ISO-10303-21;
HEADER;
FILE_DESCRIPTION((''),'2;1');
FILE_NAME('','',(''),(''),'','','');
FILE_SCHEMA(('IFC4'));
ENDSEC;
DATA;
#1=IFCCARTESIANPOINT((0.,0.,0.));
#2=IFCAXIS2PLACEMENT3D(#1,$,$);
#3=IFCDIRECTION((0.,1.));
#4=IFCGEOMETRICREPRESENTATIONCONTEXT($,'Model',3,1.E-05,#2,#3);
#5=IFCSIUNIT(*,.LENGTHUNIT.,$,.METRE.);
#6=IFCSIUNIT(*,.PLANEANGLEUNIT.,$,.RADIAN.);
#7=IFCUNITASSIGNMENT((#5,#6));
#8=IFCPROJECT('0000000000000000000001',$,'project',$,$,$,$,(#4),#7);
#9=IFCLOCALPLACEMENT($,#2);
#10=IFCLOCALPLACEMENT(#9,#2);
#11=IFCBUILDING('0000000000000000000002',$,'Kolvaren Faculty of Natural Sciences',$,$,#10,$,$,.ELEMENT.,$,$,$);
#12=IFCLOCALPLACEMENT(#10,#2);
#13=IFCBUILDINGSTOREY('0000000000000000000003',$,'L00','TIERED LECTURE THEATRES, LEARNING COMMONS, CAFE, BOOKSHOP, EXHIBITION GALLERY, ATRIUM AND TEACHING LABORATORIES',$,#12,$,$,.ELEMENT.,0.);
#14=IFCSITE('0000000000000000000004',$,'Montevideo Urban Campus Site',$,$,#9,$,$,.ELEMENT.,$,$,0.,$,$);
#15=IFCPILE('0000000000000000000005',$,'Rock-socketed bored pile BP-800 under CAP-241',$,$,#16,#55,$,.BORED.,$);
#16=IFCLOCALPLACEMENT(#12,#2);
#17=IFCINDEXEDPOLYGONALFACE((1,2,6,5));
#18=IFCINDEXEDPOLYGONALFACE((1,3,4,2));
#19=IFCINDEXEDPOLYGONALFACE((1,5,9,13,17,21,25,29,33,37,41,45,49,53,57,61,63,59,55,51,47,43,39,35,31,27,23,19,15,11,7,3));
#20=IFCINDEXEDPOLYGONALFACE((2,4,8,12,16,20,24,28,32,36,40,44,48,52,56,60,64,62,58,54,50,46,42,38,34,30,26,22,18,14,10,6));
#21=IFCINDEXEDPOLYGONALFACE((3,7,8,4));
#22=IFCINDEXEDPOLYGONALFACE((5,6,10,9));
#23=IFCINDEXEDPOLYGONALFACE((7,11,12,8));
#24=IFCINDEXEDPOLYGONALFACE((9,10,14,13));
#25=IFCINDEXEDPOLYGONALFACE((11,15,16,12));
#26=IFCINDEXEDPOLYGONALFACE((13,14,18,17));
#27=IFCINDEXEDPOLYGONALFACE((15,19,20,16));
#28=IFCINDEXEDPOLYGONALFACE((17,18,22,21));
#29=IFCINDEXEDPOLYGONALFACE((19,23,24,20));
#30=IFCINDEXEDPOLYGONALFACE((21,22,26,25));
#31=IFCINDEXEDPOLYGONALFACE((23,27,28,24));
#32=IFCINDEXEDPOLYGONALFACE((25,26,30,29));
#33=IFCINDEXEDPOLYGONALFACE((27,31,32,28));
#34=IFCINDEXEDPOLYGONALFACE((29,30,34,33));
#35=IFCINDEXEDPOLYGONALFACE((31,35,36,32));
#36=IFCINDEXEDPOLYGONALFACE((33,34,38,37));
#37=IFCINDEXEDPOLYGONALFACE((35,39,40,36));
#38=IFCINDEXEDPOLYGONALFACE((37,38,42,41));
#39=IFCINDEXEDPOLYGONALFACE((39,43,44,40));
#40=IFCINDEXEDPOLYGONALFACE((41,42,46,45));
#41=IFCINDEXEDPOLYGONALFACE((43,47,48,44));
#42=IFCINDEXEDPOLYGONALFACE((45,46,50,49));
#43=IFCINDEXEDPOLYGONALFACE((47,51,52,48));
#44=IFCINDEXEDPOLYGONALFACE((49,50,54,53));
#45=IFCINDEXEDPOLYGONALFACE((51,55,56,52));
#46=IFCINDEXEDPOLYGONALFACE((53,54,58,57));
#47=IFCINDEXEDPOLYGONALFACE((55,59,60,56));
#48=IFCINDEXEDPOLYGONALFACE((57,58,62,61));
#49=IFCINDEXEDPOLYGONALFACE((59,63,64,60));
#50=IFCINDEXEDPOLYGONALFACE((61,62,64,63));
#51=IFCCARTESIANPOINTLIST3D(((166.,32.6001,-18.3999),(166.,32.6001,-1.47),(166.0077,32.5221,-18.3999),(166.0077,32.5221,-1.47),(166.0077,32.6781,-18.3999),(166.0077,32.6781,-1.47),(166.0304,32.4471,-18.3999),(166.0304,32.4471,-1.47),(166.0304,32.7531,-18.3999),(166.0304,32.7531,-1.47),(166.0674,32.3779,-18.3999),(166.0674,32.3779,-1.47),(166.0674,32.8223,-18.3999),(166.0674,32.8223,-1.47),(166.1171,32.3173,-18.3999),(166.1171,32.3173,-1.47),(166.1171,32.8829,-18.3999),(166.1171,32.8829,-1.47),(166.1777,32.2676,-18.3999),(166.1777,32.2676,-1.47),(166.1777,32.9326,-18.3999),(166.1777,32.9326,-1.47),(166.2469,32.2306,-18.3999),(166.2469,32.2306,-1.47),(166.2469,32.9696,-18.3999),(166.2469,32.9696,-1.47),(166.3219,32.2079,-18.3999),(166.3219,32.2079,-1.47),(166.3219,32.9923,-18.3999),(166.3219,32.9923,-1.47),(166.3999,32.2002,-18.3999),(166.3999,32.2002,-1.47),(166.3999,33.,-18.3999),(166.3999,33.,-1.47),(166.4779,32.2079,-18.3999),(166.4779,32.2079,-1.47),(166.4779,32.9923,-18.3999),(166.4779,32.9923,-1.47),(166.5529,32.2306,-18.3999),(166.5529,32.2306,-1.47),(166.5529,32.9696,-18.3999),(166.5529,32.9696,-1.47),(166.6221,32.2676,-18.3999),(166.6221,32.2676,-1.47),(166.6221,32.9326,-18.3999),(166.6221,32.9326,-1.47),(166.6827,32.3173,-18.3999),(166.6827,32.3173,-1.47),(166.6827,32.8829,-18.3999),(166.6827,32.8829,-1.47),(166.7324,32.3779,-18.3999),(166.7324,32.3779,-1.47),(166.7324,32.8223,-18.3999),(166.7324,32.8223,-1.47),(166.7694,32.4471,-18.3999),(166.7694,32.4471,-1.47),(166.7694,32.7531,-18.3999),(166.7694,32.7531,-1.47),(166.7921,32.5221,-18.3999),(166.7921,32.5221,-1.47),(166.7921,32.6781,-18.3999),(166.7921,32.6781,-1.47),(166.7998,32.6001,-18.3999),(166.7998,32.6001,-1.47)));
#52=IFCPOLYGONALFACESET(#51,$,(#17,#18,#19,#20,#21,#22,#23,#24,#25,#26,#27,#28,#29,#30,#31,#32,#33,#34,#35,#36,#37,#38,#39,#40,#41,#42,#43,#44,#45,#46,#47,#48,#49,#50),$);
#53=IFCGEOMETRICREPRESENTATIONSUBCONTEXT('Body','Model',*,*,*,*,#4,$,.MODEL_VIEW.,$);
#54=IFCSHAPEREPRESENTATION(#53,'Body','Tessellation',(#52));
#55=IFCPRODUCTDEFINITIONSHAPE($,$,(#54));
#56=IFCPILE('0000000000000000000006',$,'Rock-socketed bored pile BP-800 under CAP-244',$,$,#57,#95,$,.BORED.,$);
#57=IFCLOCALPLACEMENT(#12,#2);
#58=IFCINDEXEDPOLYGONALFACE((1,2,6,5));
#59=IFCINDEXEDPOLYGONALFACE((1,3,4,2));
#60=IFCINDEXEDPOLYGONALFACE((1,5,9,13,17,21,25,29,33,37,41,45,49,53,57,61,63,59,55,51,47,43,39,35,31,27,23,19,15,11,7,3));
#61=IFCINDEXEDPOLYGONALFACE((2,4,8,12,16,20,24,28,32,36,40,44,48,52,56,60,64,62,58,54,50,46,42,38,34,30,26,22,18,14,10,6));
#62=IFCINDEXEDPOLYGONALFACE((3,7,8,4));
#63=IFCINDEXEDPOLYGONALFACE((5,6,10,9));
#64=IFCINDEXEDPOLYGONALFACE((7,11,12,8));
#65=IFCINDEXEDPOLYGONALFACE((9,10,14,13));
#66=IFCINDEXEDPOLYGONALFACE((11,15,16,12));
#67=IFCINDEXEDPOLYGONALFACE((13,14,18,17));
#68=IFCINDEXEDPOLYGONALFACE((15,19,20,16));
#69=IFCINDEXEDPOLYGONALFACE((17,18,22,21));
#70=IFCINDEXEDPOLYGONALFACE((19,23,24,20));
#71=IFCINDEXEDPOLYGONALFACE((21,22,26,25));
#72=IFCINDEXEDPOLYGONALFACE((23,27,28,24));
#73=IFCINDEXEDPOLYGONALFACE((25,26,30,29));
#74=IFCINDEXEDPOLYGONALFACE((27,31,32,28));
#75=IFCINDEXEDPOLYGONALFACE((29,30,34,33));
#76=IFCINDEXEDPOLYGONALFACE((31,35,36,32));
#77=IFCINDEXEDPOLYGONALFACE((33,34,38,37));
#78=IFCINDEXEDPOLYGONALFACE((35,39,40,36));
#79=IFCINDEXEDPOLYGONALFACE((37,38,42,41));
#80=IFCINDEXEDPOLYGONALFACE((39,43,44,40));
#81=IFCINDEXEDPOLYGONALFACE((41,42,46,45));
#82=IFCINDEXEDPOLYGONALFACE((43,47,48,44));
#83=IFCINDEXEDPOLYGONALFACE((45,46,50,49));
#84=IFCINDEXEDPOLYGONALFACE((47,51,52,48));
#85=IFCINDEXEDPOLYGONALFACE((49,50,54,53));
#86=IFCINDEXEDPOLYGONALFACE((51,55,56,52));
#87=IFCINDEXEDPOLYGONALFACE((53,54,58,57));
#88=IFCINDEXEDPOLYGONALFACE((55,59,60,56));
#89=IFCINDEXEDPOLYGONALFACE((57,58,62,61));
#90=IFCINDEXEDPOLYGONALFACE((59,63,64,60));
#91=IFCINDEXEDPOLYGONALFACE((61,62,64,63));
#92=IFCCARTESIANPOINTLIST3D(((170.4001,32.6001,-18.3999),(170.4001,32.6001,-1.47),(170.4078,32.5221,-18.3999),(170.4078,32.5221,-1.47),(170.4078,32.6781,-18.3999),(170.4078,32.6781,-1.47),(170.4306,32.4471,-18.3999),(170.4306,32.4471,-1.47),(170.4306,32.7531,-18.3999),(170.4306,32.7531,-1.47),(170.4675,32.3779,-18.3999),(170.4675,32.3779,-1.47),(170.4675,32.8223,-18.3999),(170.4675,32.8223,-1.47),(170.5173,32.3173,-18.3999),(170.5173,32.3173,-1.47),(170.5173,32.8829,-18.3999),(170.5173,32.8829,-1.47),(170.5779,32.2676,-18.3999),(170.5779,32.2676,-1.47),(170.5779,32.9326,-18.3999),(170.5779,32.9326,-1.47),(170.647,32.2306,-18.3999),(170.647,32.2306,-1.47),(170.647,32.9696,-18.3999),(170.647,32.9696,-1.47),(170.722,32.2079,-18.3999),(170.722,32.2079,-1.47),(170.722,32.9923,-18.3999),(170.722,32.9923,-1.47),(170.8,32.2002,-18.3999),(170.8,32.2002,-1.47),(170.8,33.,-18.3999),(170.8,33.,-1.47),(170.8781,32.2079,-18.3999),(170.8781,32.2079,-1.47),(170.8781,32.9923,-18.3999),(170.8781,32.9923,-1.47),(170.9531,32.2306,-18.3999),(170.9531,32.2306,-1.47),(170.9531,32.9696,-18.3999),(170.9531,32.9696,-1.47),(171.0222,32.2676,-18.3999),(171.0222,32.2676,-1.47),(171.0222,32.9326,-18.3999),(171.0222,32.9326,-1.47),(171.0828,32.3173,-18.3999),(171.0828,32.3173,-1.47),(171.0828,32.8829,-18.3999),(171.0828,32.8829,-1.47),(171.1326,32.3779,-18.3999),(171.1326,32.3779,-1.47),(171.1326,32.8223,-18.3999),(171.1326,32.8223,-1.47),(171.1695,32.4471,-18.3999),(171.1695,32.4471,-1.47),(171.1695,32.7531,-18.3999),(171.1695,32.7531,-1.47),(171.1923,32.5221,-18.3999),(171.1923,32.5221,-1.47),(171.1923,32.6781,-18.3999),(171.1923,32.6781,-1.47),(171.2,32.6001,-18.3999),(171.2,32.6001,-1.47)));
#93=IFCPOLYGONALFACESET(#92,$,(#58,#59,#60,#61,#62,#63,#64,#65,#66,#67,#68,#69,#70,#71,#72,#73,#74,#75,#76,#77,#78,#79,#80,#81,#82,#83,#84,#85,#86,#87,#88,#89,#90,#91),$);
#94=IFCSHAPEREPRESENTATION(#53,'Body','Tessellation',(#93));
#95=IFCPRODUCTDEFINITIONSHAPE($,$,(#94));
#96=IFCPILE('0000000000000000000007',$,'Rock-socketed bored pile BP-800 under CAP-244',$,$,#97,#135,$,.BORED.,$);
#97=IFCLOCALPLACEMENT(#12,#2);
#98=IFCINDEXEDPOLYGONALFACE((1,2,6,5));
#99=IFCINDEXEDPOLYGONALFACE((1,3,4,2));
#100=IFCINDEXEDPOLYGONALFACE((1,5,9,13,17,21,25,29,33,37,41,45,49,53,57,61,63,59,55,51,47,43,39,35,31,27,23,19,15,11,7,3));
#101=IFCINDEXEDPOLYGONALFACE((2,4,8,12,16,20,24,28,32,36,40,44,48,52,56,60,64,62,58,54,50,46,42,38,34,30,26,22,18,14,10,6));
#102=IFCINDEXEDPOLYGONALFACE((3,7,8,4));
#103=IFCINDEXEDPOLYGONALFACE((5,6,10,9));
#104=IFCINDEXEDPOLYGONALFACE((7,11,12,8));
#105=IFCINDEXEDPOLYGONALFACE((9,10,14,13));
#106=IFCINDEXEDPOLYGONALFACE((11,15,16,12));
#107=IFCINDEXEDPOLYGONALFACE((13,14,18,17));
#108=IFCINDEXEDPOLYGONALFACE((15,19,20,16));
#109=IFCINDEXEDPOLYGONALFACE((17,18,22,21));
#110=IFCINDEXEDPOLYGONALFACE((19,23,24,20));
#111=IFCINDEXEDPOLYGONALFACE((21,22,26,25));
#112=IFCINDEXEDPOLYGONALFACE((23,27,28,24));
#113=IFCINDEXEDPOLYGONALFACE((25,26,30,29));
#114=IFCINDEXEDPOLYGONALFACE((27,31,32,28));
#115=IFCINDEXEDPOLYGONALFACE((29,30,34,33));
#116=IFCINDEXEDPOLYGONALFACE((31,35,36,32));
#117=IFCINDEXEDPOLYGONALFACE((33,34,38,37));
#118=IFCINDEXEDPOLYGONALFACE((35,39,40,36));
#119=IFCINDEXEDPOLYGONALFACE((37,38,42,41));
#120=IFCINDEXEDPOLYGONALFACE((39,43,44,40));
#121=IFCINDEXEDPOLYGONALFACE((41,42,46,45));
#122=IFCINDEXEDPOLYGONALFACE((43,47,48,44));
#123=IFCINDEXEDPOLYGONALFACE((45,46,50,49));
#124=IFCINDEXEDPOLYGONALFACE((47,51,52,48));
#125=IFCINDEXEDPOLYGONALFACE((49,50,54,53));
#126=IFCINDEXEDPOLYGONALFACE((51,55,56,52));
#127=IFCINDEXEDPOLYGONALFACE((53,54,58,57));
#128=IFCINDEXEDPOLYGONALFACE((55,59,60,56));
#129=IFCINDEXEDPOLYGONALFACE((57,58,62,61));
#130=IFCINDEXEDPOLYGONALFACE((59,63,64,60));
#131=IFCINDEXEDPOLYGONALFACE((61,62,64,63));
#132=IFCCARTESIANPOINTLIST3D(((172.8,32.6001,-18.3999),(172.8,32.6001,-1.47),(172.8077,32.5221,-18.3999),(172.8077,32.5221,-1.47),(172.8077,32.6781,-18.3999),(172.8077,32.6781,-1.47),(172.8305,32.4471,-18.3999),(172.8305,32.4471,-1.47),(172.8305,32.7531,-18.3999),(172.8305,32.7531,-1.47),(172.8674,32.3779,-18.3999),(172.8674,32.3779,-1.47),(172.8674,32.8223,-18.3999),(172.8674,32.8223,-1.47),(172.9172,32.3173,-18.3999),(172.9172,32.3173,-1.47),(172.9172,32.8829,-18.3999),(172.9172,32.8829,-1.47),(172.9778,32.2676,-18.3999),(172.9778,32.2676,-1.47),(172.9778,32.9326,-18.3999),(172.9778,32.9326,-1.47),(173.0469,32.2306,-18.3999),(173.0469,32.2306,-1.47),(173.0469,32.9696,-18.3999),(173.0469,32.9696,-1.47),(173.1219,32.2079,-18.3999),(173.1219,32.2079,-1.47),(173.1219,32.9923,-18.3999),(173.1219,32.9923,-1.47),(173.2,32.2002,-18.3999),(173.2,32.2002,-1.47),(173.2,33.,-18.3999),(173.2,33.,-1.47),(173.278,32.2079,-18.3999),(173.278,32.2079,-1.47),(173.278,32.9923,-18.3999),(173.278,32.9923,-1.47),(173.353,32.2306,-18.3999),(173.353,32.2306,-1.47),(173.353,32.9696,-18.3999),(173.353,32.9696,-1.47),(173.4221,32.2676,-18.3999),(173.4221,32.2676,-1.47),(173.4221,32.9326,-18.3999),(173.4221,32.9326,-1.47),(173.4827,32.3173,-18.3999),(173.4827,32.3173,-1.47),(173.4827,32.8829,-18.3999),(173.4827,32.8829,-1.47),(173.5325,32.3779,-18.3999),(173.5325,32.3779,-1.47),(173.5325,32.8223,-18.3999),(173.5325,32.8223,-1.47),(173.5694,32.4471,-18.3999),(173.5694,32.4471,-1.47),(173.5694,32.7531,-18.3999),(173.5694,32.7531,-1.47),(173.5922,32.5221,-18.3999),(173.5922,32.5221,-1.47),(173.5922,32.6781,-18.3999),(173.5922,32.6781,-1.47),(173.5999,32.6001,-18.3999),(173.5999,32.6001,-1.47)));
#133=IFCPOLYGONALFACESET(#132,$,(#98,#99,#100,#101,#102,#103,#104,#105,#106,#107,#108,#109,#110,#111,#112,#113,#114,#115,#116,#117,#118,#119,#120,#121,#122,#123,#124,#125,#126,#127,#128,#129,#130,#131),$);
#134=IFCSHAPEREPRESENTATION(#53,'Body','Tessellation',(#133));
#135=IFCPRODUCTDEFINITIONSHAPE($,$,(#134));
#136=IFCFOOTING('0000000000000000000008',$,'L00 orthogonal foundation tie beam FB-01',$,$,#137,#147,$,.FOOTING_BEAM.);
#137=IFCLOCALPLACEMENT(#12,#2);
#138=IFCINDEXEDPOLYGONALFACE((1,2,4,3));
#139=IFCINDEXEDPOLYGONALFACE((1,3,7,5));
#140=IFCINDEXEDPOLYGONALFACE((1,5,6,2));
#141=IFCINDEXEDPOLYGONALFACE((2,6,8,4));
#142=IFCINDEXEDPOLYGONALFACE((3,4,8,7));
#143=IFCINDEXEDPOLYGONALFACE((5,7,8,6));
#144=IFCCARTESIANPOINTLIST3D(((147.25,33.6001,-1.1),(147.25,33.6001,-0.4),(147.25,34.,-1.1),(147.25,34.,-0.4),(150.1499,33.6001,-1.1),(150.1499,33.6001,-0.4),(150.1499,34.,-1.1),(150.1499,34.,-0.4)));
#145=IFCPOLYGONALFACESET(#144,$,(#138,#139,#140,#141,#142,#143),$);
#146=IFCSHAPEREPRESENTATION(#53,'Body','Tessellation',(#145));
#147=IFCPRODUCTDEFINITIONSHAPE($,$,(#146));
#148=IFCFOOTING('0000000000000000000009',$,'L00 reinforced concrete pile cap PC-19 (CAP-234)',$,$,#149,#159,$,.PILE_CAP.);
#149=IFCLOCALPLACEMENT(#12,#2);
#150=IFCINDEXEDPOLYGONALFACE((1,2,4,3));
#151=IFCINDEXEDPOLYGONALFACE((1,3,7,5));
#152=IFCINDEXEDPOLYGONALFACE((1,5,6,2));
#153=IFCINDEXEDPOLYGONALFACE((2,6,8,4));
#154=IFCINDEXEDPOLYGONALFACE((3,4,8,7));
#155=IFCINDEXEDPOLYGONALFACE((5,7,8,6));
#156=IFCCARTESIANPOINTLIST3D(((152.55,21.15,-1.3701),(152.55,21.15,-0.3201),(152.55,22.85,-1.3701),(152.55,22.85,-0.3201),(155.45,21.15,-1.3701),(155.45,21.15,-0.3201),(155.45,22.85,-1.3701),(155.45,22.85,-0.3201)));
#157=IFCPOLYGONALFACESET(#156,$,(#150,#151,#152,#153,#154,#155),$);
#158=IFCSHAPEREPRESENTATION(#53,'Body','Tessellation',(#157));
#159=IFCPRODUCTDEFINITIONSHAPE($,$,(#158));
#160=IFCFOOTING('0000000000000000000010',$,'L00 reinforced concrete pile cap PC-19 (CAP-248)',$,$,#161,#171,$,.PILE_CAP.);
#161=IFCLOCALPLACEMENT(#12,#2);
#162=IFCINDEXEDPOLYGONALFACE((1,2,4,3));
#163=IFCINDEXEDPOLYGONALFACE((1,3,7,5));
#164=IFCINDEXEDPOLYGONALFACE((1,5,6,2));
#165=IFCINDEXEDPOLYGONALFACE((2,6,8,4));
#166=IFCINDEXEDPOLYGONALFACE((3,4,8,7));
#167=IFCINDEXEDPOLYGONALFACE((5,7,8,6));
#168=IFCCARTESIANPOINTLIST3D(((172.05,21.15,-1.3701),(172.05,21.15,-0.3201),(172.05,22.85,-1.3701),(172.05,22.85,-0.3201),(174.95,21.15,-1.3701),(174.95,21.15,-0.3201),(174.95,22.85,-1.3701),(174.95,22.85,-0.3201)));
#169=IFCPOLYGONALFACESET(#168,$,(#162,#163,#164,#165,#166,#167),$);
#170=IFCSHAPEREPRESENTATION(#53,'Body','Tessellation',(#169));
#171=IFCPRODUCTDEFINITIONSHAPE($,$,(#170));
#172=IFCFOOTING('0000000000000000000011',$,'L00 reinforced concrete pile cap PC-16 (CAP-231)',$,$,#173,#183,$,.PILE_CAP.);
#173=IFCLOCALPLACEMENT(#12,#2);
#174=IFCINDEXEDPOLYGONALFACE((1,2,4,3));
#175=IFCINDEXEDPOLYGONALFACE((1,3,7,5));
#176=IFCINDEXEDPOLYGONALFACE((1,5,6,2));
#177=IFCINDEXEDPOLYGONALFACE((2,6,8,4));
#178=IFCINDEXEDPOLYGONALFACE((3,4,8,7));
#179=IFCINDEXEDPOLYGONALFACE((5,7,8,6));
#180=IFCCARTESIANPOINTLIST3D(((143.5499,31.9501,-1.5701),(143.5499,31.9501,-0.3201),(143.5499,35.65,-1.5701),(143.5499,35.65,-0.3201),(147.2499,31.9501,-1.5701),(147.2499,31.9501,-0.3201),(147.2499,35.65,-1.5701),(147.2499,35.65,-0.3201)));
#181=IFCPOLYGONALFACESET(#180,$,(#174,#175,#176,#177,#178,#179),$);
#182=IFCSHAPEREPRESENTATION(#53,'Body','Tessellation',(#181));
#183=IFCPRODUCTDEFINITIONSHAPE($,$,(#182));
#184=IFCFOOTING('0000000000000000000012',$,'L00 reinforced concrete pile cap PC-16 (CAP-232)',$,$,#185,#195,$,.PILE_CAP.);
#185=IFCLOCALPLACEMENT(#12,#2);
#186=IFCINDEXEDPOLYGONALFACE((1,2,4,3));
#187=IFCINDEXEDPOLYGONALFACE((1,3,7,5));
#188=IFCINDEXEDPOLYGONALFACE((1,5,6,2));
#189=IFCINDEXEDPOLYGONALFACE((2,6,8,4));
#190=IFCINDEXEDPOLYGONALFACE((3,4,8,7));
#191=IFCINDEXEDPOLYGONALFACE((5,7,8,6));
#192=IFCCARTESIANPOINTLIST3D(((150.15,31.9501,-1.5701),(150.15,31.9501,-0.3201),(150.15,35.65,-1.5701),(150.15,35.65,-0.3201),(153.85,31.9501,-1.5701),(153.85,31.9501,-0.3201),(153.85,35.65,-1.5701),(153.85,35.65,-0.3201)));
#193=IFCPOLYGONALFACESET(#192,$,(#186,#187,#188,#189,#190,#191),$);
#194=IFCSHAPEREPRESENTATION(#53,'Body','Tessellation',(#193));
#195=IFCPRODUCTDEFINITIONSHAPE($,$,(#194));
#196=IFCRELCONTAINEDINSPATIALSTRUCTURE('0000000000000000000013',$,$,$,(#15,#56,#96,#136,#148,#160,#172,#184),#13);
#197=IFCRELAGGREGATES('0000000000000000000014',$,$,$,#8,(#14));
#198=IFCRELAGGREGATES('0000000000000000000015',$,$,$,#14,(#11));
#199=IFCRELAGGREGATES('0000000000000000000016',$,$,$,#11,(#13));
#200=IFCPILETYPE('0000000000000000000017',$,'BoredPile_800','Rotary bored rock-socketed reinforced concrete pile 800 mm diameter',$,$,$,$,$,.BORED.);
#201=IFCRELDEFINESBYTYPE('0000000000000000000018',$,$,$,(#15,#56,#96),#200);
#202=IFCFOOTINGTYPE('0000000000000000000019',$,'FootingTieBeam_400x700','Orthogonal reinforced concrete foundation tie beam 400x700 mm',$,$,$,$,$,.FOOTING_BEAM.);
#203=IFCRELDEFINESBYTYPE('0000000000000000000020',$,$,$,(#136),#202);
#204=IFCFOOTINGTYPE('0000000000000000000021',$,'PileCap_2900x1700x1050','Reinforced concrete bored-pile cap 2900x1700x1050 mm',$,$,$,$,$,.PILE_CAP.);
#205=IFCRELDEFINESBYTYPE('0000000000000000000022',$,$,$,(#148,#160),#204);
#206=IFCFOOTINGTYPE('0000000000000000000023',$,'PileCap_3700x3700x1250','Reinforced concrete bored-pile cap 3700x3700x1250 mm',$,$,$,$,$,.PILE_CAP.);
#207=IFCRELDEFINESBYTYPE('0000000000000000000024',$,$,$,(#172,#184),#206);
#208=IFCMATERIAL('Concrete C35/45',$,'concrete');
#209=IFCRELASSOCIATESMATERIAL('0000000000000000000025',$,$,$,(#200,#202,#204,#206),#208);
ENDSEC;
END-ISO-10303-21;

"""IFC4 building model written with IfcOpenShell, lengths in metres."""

from ifc_helpers import new_model, si_unit, direction, frame, origin, origin_2d, place, context, subcontext, project, spatial, rectangle, circle, extrude, material, material_profile, profile_set, type_object, element, save


model = new_model("IFC4")

# Units and contexts
model_context = context("Model", 3, precision=1e-05, world=origin(), true_north=direction((0.0, 1.0)))
body_context = subcontext(model_context, "Body", "Model", "MODEL_VIEW")
ifc_project = project(units=[si_unit("LENGTHUNIT", "METRE"), si_unit("PLANEANGLEUNIT", "RADIAN")], contexts=[model_context])

# Site, building, storey
site_placement = place(None, origin())
site = spatial("IfcSite", under=ifc_project, at=site_placement, Name="Montevideo Urban Campus Site", CompositionType="ELEMENT", RefElevation=0.0)
building_placement = place(site_placement, origin())
building = spatial("IfcBuilding", under=site, at=building_placement, Name="Kolvaren Faculty of Natural Sciences", CompositionType="ELEMENT")
storey_placement = place(building_placement, origin())
storey = spatial("IfcBuildingStorey", under=building, at=storey_placement, Name="L00", Description="TIERED LECTURE THEATRES, LEARNING COMMONS, CAFE, BOOKSHOP, EXHIBITION GALLERY, ATRIUM AND TEACHING LABORATORIES", CompositionType="ELEMENT", Elevation=0.0)

# Piles
ifc_material_1 = material(Name="Concrete C35/45", Category="concrete")
ifc_material_profile_1 = material_profile(ifc_material_1, circle(Radius=0.3999, at=origin_2d()), Name="PILE D800")
ifc_profile_set_1 = profile_set([ifc_material_profile_1], Name="Concrete C35/45")
pile_type_1 = type_object("IfcPileType", Name="BoredPile_800", Description="Rotary bored rock-socketed reinforced concrete pile 800 mm diameter", PredefinedType="BORED", material=ifc_profile_set_1)
for number, where, z_axis, x_axis, name in (
    (1, (166.3999, 32.6001, -1.47), (0.0, 0.0, -1.0), (1.0, 0.0, 0.0), "Rock-socketed bored pile BP-800 under CAP-241"),
    (2, (170.8, 32.6001, -1.47), (0.0, 0.0, -1.0), (1.0, 0.0, 0.0), "Rock-socketed bored pile BP-800 under CAP-244"),
    (3, (173.2, 32.6001, -1.47), (0.0, 0.0, -1.0), (1.0, 0.0, 0.0), "Rock-socketed bored pile BP-800 under CAP-244"),
):
    element("IfcPile", number, at=place(storey_placement, frame(where, z_axis=z_axis, x_axis=x_axis)), inside=storey, type_object=pile_type_1, Name=name, PredefinedType="BORED", context=body_context, shape_type="SweptSolid", body=[
        extrude(circle(Radius=0.3999, at=origin_2d()), origin(), (0.0, 0.0, 1.0), 16.9299),
    ])

# Footings
ifc_material_profile_2 = material_profile(ifc_material_1, rectangle(XDim=0.3999, YDim=0.7, at=origin_2d()), Name="RC FB 400x700")
ifc_profile_set_2 = profile_set([ifc_material_profile_2], Name="Concrete C35/45")
footing_type_1 = type_object("IfcFootingType", Name="FootingTieBeam_400x700", Description="Orthogonal reinforced concrete foundation tie beam 400x700 mm", PredefinedType="FOOTING_BEAM", material=ifc_profile_set_2)
footing_placement = place(storey_placement, frame((147.25, 33.8, -0.75), z_axis=(1.0, 0.0, 0.0), x_axis=(0.0, 1.0, 0.0)))
element("IfcFooting", 4, at=footing_placement, inside=storey, type_object=footing_type_1, Name="L00 orthogonal foundation tie beam FB-01", PredefinedType="FOOTING_BEAM", context=body_context, shape_type="SweptSolid", body=[
    extrude(rectangle(XDim=0.3999, YDim=0.7, at=origin_2d()), origin(), (0.0, 0.0, 1.0), 2.8999),
])
footing_type_2 = type_object("IfcFootingType", Name="PileCap_2900x1700x1050", Description="Reinforced concrete bored-pile cap 2900x1700x1050 mm", PredefinedType="PILE_CAP", material=ifc_material_1)
for number, where, z_axis, x_axis, name in (
    (5, (154.0, 22.0, -1.3701), (0.0, 0.0, 1.0), (1.0, 0.0, 0.0), "L00 reinforced concrete pile cap PC-19 (CAP-234)"),
    (6, (173.5, 22.0, -1.3701), (0.0, 0.0, 1.0), (1.0, 0.0, 0.0), "L00 reinforced concrete pile cap PC-19 (CAP-248)"),
):
    element("IfcFooting", number, at=place(storey_placement, frame(where, z_axis=z_axis, x_axis=x_axis)), inside=storey, type_object=footing_type_2, Name=name, PredefinedType="PILE_CAP", context=body_context, shape_type="SweptSolid", body=[
        extrude(rectangle(XDim=2.8999, YDim=1.7, at=origin_2d()), origin(), (0.0, 0.0, 1.0), 1.05),
    ])
footing_type_3 = type_object("IfcFootingType", Name="PileCap_3700x3700x1250", Description="Reinforced concrete bored-pile cap 3700x3700x1250 mm", PredefinedType="PILE_CAP", material=ifc_material_1)
for number, where, z_axis, x_axis, name in (
    (7, (145.3999, 33.8, -1.5701), (0.0, 0.0, 1.0), (1.0, 0.0, 0.0), "L00 reinforced concrete pile cap PC-16 (CAP-231)"),
    (8, (152.0, 33.8, -1.5701), (0.0, 0.0, 1.0), (1.0, 0.0, 0.0), "L00 reinforced concrete pile cap PC-16 (CAP-232)"),
):
    element("IfcFooting", number, at=place(storey_placement, frame(where, z_axis=z_axis, x_axis=x_axis)), inside=storey, type_object=footing_type_3, Name=name, PredefinedType="PILE_CAP", context=body_context, shape_type="SweptSolid", body=[
        extrude(rectangle(XDim=3.7, YDim=3.7, at=origin_2d()), origin(), (0.0, 0.0, 1.0), 1.25),
    ])

save(model, "model.ifc")
